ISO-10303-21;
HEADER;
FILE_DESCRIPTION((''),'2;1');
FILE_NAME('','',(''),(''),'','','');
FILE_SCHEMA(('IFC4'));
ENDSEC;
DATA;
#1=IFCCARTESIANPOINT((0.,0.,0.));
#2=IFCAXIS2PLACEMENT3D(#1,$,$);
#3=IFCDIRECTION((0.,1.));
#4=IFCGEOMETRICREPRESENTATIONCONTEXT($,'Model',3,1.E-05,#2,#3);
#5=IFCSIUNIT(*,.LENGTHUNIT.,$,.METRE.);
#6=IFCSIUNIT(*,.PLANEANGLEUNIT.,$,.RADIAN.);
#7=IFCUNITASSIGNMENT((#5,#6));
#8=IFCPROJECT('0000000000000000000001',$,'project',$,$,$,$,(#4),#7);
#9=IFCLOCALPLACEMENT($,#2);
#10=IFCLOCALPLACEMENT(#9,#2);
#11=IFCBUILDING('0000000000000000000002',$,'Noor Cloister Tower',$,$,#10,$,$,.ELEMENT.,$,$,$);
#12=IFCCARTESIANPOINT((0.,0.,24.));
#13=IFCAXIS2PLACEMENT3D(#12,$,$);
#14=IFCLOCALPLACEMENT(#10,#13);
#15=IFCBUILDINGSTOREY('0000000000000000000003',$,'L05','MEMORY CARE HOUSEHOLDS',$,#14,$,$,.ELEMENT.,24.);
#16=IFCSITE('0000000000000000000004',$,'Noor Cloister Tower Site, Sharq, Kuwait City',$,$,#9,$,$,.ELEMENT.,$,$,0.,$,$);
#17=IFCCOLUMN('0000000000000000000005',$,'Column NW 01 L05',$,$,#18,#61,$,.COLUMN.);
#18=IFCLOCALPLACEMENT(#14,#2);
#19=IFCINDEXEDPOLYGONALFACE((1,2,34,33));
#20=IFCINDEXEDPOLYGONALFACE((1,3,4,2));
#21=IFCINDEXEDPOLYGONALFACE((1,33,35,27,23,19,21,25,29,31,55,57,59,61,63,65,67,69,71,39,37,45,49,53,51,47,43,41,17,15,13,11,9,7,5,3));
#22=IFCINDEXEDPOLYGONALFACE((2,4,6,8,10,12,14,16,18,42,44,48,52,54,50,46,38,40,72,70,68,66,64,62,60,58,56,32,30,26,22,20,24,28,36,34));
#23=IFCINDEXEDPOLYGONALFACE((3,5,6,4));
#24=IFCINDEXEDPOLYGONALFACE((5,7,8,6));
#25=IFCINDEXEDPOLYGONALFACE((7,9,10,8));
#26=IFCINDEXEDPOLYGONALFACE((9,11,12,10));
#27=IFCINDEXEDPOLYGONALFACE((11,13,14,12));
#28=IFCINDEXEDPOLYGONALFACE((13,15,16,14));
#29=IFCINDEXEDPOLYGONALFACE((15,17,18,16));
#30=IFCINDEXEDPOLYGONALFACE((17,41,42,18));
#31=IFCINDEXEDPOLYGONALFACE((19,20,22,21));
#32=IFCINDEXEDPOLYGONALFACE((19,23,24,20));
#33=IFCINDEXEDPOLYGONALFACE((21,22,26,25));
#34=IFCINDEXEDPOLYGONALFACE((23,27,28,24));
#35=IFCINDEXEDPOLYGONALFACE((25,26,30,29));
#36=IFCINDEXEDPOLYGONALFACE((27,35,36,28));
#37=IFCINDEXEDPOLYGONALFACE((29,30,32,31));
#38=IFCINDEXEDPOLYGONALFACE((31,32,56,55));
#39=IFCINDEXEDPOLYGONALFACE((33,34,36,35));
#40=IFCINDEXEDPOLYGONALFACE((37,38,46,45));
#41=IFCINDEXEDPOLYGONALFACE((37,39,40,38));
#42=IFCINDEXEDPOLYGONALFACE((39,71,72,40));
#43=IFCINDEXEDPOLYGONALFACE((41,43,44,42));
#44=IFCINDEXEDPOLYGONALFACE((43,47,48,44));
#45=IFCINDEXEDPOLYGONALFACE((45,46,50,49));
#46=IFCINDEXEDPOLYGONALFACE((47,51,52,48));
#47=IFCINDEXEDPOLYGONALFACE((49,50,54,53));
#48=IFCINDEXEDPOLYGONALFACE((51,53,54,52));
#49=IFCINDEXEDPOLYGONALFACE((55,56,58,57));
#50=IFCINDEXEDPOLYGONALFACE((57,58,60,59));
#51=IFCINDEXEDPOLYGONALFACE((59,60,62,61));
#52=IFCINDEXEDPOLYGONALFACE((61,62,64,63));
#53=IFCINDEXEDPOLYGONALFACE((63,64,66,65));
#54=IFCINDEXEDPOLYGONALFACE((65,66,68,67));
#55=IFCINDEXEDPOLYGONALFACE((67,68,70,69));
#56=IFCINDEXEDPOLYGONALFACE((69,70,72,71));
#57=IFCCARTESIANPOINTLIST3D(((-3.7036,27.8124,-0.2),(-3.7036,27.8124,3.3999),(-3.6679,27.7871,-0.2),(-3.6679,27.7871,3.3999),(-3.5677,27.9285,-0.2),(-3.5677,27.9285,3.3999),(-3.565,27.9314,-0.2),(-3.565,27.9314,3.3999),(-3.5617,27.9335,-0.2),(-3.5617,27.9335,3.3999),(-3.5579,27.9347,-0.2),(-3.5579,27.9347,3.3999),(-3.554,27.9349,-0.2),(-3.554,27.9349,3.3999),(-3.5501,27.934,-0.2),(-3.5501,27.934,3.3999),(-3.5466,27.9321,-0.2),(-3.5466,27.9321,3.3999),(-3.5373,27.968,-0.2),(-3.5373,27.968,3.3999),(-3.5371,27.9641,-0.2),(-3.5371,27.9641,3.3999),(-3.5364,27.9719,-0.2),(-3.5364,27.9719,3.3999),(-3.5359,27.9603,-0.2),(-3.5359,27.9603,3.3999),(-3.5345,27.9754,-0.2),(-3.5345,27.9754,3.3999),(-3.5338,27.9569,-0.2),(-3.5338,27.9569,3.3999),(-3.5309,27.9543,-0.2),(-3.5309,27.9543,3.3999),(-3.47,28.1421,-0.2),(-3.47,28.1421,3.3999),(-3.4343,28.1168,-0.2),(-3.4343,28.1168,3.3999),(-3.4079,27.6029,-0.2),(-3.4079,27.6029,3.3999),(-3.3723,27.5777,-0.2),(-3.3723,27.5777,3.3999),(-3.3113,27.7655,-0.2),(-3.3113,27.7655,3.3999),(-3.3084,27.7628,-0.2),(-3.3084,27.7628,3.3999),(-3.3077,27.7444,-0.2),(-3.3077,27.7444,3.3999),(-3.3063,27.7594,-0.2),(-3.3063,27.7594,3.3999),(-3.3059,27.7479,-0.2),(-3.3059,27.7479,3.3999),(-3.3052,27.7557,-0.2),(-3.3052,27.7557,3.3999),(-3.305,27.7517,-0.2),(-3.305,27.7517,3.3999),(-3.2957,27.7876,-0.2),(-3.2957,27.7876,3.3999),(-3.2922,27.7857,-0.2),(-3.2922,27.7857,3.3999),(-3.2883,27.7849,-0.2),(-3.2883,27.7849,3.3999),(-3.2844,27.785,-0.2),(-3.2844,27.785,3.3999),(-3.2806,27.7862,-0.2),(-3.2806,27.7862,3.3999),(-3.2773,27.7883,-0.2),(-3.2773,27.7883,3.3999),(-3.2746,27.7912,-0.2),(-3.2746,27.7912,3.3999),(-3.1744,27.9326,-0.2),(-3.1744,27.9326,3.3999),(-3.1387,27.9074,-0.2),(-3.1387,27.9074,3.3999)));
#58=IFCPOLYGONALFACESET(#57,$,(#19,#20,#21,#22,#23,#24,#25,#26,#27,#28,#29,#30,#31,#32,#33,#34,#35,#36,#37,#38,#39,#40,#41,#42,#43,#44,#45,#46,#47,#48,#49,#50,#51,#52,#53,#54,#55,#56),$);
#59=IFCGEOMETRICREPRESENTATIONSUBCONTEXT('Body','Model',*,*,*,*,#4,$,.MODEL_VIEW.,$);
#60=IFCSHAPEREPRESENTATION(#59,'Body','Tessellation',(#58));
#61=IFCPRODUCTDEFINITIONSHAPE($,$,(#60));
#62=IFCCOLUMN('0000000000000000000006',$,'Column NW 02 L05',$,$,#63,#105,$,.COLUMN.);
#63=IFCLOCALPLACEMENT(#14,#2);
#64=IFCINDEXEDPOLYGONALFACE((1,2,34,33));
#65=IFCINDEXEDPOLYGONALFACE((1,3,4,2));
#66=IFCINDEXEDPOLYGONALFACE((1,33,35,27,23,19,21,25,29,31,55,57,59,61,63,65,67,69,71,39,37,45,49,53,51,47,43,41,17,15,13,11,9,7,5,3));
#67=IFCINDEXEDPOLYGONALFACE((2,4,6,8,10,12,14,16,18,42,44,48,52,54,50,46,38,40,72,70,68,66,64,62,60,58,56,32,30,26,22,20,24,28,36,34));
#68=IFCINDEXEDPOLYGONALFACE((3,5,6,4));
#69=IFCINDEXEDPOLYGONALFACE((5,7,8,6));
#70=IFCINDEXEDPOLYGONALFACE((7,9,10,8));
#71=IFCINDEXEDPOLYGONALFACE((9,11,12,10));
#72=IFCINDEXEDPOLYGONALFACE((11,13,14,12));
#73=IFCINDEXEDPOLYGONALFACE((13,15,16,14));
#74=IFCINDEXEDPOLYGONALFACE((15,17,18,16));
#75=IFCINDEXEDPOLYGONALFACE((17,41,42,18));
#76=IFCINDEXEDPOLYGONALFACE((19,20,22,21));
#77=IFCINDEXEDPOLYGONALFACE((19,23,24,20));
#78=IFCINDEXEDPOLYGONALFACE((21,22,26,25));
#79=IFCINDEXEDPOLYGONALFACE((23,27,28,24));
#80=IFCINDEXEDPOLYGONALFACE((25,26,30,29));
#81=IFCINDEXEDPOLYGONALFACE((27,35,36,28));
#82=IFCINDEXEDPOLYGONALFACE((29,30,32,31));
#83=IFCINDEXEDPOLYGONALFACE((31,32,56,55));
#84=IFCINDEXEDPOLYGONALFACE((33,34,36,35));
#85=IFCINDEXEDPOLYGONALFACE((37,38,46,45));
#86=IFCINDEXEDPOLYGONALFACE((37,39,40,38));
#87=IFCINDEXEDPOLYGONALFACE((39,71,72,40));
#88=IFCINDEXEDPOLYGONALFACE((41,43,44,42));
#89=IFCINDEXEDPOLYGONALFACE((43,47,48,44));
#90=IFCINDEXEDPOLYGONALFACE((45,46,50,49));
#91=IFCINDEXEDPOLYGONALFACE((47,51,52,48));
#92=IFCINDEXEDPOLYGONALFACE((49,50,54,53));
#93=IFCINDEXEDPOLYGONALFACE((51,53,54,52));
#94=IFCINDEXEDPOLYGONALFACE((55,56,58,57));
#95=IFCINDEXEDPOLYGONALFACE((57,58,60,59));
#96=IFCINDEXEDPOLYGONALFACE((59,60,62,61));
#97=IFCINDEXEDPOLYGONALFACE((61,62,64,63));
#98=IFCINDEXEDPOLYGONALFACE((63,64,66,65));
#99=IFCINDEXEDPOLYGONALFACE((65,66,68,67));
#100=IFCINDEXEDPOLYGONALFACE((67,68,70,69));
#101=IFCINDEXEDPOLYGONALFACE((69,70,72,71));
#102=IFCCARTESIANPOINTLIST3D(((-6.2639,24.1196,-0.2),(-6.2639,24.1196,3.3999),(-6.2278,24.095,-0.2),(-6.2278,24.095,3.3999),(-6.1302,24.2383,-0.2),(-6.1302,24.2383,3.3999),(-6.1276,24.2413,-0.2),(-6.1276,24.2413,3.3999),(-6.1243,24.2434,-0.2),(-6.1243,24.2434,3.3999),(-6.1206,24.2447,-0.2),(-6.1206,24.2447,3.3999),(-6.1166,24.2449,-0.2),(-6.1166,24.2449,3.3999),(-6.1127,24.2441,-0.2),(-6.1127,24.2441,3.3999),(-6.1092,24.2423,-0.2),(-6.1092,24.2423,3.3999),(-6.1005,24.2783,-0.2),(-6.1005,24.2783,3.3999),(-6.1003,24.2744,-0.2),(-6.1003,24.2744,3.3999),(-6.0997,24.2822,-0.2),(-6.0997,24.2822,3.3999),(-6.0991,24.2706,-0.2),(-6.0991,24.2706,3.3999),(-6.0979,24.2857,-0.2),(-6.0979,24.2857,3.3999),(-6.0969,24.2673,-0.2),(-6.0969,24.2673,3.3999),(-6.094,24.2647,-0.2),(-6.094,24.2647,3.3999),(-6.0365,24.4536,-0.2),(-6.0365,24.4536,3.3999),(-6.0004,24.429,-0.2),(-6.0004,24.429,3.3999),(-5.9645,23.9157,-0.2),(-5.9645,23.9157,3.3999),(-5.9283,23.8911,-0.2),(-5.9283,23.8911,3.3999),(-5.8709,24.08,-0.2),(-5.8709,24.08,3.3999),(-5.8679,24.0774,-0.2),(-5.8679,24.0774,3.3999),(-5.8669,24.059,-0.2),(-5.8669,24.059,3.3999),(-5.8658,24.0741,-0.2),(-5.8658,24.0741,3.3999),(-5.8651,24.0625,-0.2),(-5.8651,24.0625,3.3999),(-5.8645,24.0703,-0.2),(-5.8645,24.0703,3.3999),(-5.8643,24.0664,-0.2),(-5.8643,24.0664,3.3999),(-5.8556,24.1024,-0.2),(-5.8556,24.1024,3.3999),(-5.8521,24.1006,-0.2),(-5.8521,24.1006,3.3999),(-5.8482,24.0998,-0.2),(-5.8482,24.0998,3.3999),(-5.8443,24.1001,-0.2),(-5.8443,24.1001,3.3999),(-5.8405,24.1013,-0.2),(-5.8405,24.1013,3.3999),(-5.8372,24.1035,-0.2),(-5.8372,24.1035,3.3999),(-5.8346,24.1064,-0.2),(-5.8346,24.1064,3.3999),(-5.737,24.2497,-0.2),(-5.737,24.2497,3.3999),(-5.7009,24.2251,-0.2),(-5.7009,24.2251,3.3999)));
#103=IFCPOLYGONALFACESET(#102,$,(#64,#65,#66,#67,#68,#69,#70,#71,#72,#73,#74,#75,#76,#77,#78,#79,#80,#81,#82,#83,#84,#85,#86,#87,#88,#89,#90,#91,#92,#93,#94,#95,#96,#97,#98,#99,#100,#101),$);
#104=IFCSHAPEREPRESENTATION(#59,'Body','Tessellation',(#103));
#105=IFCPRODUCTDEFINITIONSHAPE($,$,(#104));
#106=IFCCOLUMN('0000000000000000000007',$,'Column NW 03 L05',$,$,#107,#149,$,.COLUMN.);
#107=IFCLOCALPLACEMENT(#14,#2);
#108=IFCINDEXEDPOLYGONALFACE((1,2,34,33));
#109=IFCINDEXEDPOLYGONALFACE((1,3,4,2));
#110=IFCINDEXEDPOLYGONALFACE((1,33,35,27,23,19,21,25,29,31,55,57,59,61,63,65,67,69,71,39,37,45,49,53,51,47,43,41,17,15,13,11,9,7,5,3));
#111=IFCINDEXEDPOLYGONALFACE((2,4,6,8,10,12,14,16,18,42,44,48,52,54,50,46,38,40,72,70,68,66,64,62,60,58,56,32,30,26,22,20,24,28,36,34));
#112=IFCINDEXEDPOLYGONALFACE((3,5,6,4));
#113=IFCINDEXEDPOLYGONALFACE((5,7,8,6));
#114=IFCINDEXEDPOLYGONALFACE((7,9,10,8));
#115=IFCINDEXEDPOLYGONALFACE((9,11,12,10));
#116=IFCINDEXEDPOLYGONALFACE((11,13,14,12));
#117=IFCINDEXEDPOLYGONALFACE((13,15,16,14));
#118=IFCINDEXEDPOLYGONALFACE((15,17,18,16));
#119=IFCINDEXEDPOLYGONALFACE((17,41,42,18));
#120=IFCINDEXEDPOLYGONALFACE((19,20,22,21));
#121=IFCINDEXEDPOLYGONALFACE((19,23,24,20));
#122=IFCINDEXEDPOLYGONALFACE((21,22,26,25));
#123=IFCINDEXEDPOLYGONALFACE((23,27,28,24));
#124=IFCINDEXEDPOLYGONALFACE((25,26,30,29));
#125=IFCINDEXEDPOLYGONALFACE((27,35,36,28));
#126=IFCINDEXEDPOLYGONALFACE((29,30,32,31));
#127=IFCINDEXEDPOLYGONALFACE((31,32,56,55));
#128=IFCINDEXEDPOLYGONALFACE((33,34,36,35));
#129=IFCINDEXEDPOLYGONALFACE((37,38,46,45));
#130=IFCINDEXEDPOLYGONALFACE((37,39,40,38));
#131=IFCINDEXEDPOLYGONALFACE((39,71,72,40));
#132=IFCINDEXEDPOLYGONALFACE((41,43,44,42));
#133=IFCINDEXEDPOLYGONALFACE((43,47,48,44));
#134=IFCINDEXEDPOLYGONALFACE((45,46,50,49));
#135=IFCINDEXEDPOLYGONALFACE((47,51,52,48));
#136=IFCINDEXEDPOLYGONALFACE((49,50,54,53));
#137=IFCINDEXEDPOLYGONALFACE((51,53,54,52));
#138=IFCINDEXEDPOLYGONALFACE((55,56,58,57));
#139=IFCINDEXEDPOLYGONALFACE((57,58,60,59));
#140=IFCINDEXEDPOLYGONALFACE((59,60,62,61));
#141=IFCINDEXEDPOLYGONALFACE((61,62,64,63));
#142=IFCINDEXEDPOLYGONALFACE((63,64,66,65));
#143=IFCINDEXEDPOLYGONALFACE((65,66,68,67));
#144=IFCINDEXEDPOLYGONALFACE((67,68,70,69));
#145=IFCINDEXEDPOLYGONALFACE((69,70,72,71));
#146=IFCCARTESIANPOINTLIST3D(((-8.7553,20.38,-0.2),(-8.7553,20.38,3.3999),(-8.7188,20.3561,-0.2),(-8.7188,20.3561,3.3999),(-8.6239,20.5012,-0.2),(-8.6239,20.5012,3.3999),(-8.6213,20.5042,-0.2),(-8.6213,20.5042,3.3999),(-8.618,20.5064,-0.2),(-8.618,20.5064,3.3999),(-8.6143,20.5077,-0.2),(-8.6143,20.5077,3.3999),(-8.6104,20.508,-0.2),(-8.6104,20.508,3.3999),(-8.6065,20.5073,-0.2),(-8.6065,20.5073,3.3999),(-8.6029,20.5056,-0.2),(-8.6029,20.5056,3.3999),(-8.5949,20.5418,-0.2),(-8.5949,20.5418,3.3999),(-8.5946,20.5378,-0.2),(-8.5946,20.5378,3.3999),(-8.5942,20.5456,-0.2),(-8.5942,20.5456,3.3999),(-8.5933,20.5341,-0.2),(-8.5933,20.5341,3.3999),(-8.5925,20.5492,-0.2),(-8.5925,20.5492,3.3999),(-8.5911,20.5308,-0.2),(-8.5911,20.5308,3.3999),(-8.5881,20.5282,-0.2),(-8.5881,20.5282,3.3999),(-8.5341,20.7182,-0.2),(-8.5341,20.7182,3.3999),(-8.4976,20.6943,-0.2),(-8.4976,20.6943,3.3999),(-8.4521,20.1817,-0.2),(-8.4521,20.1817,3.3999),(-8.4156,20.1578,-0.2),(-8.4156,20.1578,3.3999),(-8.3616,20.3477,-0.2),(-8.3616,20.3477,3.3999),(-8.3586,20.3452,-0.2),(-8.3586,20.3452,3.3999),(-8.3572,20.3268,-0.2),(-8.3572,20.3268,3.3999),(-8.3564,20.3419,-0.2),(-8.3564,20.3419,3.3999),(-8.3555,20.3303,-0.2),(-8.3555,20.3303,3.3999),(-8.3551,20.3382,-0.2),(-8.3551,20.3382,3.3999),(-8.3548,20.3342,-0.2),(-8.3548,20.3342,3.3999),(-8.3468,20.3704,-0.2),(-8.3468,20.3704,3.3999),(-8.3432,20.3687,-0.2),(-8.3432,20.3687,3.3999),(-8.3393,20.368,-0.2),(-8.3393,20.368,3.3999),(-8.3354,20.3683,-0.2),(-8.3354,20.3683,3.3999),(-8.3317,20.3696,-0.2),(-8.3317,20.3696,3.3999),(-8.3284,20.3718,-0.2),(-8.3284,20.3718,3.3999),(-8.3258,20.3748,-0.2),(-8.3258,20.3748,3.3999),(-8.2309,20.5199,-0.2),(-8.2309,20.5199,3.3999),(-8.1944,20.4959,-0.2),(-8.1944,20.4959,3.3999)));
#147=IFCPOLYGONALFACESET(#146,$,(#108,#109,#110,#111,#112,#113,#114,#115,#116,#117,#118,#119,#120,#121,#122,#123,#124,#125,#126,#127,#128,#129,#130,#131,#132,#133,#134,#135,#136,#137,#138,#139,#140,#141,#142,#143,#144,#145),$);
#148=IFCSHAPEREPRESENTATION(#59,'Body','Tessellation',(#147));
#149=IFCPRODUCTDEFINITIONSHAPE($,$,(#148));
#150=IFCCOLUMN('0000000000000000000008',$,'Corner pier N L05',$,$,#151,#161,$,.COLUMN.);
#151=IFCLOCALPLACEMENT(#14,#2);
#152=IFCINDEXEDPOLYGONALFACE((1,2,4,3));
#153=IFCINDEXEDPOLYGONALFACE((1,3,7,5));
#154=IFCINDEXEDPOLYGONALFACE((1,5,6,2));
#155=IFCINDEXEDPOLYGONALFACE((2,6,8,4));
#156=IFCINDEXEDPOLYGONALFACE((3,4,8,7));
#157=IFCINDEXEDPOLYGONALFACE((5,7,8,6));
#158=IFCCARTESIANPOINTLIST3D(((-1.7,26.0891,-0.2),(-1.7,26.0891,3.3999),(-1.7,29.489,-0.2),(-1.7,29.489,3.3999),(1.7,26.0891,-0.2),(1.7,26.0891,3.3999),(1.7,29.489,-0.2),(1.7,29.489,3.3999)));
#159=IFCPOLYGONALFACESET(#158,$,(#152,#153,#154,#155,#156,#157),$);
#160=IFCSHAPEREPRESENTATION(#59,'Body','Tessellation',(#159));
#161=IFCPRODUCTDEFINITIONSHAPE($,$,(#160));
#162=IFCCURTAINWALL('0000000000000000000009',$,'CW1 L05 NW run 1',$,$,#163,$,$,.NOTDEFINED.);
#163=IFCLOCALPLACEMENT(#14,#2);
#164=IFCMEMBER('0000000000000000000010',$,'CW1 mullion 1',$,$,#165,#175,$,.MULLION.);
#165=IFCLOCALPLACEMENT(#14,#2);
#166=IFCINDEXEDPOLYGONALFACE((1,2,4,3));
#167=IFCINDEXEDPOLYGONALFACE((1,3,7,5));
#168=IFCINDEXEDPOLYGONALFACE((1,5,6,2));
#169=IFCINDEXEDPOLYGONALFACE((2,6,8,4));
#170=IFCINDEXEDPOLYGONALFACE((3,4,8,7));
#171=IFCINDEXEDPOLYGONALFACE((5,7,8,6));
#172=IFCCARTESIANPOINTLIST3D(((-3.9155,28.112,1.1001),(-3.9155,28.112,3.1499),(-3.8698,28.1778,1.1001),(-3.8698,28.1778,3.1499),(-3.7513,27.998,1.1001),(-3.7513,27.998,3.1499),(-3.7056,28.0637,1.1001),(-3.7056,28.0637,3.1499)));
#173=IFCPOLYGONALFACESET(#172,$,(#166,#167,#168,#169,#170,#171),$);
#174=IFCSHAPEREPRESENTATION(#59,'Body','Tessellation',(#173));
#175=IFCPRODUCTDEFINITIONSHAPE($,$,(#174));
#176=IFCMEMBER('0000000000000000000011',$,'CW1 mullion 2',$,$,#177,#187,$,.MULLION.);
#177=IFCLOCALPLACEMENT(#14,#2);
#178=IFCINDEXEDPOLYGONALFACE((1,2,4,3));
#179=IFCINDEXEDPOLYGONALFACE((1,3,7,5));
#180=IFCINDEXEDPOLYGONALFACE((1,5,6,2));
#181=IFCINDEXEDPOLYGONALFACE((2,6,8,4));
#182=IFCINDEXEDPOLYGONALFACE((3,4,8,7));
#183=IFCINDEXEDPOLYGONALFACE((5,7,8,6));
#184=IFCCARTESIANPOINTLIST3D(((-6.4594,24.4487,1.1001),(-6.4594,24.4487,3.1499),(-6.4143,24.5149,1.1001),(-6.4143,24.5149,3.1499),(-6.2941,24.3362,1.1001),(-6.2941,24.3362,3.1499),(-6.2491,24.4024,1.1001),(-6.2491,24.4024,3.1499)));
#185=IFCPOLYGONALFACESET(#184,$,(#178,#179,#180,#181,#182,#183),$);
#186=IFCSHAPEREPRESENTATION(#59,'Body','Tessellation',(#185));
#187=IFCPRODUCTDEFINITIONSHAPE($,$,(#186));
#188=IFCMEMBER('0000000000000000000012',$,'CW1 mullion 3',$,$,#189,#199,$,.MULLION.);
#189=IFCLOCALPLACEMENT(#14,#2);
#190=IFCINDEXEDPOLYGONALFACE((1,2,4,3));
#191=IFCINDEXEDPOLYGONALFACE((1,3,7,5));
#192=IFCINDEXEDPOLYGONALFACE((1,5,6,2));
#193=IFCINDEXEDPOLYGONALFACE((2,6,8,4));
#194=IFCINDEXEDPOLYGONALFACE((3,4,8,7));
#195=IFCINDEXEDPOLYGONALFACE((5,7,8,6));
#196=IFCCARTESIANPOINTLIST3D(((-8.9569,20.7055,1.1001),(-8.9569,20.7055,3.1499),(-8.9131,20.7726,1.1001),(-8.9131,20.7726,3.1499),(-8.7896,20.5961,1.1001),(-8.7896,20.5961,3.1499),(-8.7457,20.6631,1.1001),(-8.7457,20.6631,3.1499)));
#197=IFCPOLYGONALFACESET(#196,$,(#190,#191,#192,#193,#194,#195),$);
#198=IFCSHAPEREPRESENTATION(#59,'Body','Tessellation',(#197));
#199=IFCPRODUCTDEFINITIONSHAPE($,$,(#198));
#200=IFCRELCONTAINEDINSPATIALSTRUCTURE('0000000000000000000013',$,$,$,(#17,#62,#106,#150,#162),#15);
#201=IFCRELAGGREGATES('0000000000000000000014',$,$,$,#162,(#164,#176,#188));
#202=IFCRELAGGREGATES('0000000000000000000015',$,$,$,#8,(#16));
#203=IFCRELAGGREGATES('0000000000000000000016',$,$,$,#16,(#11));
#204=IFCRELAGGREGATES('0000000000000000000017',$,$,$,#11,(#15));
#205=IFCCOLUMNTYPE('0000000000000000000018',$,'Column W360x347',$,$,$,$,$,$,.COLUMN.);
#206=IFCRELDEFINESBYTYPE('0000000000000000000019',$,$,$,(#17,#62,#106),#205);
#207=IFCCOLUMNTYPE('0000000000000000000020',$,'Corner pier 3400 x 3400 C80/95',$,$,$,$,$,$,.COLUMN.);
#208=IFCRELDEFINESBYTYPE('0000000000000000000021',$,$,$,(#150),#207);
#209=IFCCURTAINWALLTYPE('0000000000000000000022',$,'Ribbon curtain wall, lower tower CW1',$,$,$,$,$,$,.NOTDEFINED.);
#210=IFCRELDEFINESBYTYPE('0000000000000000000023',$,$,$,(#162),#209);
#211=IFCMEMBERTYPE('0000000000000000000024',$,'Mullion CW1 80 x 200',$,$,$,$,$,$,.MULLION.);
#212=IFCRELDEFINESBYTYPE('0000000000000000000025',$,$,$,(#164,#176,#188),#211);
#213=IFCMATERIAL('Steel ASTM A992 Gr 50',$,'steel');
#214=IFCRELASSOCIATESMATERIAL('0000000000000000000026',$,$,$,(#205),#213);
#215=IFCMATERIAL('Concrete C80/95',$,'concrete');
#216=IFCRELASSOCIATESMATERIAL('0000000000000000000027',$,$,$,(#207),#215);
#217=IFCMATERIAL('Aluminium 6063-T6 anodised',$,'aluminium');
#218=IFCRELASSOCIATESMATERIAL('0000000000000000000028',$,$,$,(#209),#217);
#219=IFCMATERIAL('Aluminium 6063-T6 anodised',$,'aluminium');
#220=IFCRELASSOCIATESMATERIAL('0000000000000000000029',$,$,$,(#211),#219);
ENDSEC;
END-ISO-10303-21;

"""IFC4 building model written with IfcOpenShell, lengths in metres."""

from ifc_helpers import new_model, si_unit, direction, frame, origin, origin_2d, place, context, subcontext, project, spatial, rectangle, i_section, extrude, material, material_profile, profile_set, type_object, element, aggregate, save


model = new_model("IFC4")

# Units and contexts
model_context = context("Model", 3, precision=1e-05, world=origin(), true_north=direction((0.0, 1.0)))
body_context = subcontext(model_context, "Body", "Model", "MODEL_VIEW")
ifc_project = project(units=[si_unit("LENGTHUNIT", "METRE"), si_unit("PLANEANGLEUNIT", "RADIAN")], contexts=[model_context])

# Site, building, storey
site_placement = place(None, origin())
site = spatial("IfcSite", under=ifc_project, at=site_placement, Name="Noor Cloister Tower Site, Sharq, Kuwait City", CompositionType="ELEMENT", RefElevation=0.0)
building_placement = place(site_placement, origin())
building = spatial("IfcBuilding", under=site, at=building_placement, Name="Noor Cloister Tower", CompositionType="ELEMENT")
storey_placement = place(building_placement, frame((0.0, 0.0, 24.0)))
storey = spatial("IfcBuildingStorey", under=building, at=storey_placement, Name="L05", Description="MEMORY CARE HOUSEHOLDS", CompositionType="ELEMENT", Elevation=24.0)

# Columns
ifc_material_1 = material(Name="Steel ASTM A992 Gr 50", Category="steel")
ifc_material_profile_1 = material_profile(ifc_material_1, i_section(OverallWidth=0.4041, OverallDepth=0.406, WebThickness=0.0271, FlangeThickness=0.0437, FilletRadius=0.0151, at=origin_2d()), Name="W360x347")
ifc_profile_set_1 = profile_set([ifc_material_profile_1], Name="Steel ASTM A992 Gr 50")
column_type_1 = type_object("IfcColumnType", Name="Column W360x347", PredefinedType="COLUMN", material=ifc_profile_set_1)
for number, where, z_axis, x_axis, name in (
    (1, (-3.4211, 27.8599, -0.2), (0.0, 0.0, 1.0), (-0.578076, -0.815983, 0.0), "Column NW 01 L05"),
    (2, (-5.9824, 24.1724, -0.2), (0.0, 0.0, 1.0), (-0.562837, -0.826568, 0.0), "Column NW 02 L05"),
    (3, (-8.4749, 20.438, -0.2), (0.0, 0.0, 1.0), (-0.547405, -0.836868, 0.0), "Column NW 03 L05"),
):
    element("IfcColumn", number, at=place(storey_placement, frame(where, z_axis=z_axis, x_axis=x_axis)), inside=storey, type_object=column_type_1, Name=name, PredefinedType="COLUMN", context=body_context, shape_type="SweptSolid", body=[
        extrude(i_section(OverallWidth=0.4041, OverallDepth=0.406, WebThickness=0.0271, FlangeThickness=0.0437, FilletRadius=0.0151, at=origin_2d()), origin(), (0.0, 0.0, 1.0), 3.5999),
    ])
ifc_material_2 = material(Name="Concrete C80/95", Category="concrete")
ifc_material_profile_2 = material_profile(ifc_material_2, rectangle(XDim=3.3999, YDim=3.3999, at=origin_2d()), Name="RC 3400x3400")
ifc_profile_set_2 = profile_set([ifc_material_profile_2], Name="Concrete C80/95")
column_type_2 = type_object("IfcColumnType", Name="Corner pier 3400 x 3400 C80/95", PredefinedType="COLUMN", material=ifc_profile_set_2)
column_placement = place(storey_placement, frame((0.0, 27.7891, -0.2), z_axis=(0.0, 0.0, 1.0), x_axis=(0.0, 1.0, 0.0)))
element("IfcColumn", 4, at=column_placement, inside=storey, type_object=column_type_2, Name="Corner pier N L05", PredefinedType="COLUMN", context=body_context, shape_type="SweptSolid", body=[
    extrude(rectangle(XDim=3.3999, YDim=3.3999, at=origin_2d()), origin(), (0.0, 0.0, 1.0), 3.5999),
])

# Curtain wall, members
ifc_material_3 = material(Name="Aluminium 6063-T6 anodised", Category="aluminium")
curtain_wall_type = type_object("IfcCurtainWallType", Name="Ribbon curtain wall, lower tower CW1", PredefinedType="NOTDEFINED", material=ifc_material_3)
curtain_wall_placement = place(storey_placement, origin())
curtain_wall = element("IfcCurtainWall", 5, at=curtain_wall_placement, inside=storey, type_object=curtain_wall_type, Name="CW1 L05 NW run 1", PredefinedType="NOTDEFINED")
ifc_material_4 = material(Name="Aluminium 6063-T6 anodised", Category="aluminium")
ifc_material_profile_3 = material_profile(ifc_material_4, rectangle(XDim=0.2, YDim=0.0801, at=origin_2d()), Name="200 x 80 mullion")
ifc_profile_set_3 = profile_set([ifc_material_profile_3], Name="Aluminium 6063-T6 anodised")
member_type = type_object("IfcMemberType", Name="Mullion CW1 80 x 200", PredefinedType="MULLION", material=ifc_profile_set_3)
member_1_placement = place(storey_placement, frame((-3.8105, 28.0879, 1.1001), z_axis=(0.0, 0.0, 1.0), x_axis=(0.821311, -0.570481, 0.0)))
member_1 = element("IfcMember", 6, at=member_1_placement, type_object=member_type, Name="CW1 mullion 1", PredefinedType="MULLION", context=body_context, shape_type="SweptSolid", body=[
    extrude(rectangle(XDim=0.2, YDim=0.0801, at=origin_2d()), origin(), (0.0, 0.0, 1.0), 2.0498),
])
member_2_placement = place(storey_placement, frame((-6.3542, 24.4255, 1.1001), z_axis=(0.0, 0.0, 1.0), x_axis=(0.826568, -0.562837, 0.0)))
member_2 = element("IfcMember", 7, at=member_2_placement, type_object=member_type, Name="CW1 mullion 2", PredefinedType="MULLION", context=body_context, shape_type="SweptSolid", body=[
    extrude(rectangle(XDim=0.2, YDim=0.0801, at=origin_2d()), origin(), (0.0, 0.0, 1.0), 2.0498),
])
member_3_placement = place(storey_placement, frame((-8.8513, 20.6843, 1.1001), z_axis=(0.0, 0.0, 1.0), x_axis=(0.836868, -0.547405, 0.0)))
member_3 = element("IfcMember", 8, at=member_3_placement, type_object=member_type, Name="CW1 mullion 3", PredefinedType="MULLION", context=body_context, shape_type="SweptSolid", body=[
    extrude(rectangle(XDim=0.2, YDim=0.0801, at=origin_2d()), origin(), (0.0, 0.0, 1.0), 2.0498),
])

aggregate(curtain_wall, [member_1, member_2, member_3])

save(model, "model.ifc")
